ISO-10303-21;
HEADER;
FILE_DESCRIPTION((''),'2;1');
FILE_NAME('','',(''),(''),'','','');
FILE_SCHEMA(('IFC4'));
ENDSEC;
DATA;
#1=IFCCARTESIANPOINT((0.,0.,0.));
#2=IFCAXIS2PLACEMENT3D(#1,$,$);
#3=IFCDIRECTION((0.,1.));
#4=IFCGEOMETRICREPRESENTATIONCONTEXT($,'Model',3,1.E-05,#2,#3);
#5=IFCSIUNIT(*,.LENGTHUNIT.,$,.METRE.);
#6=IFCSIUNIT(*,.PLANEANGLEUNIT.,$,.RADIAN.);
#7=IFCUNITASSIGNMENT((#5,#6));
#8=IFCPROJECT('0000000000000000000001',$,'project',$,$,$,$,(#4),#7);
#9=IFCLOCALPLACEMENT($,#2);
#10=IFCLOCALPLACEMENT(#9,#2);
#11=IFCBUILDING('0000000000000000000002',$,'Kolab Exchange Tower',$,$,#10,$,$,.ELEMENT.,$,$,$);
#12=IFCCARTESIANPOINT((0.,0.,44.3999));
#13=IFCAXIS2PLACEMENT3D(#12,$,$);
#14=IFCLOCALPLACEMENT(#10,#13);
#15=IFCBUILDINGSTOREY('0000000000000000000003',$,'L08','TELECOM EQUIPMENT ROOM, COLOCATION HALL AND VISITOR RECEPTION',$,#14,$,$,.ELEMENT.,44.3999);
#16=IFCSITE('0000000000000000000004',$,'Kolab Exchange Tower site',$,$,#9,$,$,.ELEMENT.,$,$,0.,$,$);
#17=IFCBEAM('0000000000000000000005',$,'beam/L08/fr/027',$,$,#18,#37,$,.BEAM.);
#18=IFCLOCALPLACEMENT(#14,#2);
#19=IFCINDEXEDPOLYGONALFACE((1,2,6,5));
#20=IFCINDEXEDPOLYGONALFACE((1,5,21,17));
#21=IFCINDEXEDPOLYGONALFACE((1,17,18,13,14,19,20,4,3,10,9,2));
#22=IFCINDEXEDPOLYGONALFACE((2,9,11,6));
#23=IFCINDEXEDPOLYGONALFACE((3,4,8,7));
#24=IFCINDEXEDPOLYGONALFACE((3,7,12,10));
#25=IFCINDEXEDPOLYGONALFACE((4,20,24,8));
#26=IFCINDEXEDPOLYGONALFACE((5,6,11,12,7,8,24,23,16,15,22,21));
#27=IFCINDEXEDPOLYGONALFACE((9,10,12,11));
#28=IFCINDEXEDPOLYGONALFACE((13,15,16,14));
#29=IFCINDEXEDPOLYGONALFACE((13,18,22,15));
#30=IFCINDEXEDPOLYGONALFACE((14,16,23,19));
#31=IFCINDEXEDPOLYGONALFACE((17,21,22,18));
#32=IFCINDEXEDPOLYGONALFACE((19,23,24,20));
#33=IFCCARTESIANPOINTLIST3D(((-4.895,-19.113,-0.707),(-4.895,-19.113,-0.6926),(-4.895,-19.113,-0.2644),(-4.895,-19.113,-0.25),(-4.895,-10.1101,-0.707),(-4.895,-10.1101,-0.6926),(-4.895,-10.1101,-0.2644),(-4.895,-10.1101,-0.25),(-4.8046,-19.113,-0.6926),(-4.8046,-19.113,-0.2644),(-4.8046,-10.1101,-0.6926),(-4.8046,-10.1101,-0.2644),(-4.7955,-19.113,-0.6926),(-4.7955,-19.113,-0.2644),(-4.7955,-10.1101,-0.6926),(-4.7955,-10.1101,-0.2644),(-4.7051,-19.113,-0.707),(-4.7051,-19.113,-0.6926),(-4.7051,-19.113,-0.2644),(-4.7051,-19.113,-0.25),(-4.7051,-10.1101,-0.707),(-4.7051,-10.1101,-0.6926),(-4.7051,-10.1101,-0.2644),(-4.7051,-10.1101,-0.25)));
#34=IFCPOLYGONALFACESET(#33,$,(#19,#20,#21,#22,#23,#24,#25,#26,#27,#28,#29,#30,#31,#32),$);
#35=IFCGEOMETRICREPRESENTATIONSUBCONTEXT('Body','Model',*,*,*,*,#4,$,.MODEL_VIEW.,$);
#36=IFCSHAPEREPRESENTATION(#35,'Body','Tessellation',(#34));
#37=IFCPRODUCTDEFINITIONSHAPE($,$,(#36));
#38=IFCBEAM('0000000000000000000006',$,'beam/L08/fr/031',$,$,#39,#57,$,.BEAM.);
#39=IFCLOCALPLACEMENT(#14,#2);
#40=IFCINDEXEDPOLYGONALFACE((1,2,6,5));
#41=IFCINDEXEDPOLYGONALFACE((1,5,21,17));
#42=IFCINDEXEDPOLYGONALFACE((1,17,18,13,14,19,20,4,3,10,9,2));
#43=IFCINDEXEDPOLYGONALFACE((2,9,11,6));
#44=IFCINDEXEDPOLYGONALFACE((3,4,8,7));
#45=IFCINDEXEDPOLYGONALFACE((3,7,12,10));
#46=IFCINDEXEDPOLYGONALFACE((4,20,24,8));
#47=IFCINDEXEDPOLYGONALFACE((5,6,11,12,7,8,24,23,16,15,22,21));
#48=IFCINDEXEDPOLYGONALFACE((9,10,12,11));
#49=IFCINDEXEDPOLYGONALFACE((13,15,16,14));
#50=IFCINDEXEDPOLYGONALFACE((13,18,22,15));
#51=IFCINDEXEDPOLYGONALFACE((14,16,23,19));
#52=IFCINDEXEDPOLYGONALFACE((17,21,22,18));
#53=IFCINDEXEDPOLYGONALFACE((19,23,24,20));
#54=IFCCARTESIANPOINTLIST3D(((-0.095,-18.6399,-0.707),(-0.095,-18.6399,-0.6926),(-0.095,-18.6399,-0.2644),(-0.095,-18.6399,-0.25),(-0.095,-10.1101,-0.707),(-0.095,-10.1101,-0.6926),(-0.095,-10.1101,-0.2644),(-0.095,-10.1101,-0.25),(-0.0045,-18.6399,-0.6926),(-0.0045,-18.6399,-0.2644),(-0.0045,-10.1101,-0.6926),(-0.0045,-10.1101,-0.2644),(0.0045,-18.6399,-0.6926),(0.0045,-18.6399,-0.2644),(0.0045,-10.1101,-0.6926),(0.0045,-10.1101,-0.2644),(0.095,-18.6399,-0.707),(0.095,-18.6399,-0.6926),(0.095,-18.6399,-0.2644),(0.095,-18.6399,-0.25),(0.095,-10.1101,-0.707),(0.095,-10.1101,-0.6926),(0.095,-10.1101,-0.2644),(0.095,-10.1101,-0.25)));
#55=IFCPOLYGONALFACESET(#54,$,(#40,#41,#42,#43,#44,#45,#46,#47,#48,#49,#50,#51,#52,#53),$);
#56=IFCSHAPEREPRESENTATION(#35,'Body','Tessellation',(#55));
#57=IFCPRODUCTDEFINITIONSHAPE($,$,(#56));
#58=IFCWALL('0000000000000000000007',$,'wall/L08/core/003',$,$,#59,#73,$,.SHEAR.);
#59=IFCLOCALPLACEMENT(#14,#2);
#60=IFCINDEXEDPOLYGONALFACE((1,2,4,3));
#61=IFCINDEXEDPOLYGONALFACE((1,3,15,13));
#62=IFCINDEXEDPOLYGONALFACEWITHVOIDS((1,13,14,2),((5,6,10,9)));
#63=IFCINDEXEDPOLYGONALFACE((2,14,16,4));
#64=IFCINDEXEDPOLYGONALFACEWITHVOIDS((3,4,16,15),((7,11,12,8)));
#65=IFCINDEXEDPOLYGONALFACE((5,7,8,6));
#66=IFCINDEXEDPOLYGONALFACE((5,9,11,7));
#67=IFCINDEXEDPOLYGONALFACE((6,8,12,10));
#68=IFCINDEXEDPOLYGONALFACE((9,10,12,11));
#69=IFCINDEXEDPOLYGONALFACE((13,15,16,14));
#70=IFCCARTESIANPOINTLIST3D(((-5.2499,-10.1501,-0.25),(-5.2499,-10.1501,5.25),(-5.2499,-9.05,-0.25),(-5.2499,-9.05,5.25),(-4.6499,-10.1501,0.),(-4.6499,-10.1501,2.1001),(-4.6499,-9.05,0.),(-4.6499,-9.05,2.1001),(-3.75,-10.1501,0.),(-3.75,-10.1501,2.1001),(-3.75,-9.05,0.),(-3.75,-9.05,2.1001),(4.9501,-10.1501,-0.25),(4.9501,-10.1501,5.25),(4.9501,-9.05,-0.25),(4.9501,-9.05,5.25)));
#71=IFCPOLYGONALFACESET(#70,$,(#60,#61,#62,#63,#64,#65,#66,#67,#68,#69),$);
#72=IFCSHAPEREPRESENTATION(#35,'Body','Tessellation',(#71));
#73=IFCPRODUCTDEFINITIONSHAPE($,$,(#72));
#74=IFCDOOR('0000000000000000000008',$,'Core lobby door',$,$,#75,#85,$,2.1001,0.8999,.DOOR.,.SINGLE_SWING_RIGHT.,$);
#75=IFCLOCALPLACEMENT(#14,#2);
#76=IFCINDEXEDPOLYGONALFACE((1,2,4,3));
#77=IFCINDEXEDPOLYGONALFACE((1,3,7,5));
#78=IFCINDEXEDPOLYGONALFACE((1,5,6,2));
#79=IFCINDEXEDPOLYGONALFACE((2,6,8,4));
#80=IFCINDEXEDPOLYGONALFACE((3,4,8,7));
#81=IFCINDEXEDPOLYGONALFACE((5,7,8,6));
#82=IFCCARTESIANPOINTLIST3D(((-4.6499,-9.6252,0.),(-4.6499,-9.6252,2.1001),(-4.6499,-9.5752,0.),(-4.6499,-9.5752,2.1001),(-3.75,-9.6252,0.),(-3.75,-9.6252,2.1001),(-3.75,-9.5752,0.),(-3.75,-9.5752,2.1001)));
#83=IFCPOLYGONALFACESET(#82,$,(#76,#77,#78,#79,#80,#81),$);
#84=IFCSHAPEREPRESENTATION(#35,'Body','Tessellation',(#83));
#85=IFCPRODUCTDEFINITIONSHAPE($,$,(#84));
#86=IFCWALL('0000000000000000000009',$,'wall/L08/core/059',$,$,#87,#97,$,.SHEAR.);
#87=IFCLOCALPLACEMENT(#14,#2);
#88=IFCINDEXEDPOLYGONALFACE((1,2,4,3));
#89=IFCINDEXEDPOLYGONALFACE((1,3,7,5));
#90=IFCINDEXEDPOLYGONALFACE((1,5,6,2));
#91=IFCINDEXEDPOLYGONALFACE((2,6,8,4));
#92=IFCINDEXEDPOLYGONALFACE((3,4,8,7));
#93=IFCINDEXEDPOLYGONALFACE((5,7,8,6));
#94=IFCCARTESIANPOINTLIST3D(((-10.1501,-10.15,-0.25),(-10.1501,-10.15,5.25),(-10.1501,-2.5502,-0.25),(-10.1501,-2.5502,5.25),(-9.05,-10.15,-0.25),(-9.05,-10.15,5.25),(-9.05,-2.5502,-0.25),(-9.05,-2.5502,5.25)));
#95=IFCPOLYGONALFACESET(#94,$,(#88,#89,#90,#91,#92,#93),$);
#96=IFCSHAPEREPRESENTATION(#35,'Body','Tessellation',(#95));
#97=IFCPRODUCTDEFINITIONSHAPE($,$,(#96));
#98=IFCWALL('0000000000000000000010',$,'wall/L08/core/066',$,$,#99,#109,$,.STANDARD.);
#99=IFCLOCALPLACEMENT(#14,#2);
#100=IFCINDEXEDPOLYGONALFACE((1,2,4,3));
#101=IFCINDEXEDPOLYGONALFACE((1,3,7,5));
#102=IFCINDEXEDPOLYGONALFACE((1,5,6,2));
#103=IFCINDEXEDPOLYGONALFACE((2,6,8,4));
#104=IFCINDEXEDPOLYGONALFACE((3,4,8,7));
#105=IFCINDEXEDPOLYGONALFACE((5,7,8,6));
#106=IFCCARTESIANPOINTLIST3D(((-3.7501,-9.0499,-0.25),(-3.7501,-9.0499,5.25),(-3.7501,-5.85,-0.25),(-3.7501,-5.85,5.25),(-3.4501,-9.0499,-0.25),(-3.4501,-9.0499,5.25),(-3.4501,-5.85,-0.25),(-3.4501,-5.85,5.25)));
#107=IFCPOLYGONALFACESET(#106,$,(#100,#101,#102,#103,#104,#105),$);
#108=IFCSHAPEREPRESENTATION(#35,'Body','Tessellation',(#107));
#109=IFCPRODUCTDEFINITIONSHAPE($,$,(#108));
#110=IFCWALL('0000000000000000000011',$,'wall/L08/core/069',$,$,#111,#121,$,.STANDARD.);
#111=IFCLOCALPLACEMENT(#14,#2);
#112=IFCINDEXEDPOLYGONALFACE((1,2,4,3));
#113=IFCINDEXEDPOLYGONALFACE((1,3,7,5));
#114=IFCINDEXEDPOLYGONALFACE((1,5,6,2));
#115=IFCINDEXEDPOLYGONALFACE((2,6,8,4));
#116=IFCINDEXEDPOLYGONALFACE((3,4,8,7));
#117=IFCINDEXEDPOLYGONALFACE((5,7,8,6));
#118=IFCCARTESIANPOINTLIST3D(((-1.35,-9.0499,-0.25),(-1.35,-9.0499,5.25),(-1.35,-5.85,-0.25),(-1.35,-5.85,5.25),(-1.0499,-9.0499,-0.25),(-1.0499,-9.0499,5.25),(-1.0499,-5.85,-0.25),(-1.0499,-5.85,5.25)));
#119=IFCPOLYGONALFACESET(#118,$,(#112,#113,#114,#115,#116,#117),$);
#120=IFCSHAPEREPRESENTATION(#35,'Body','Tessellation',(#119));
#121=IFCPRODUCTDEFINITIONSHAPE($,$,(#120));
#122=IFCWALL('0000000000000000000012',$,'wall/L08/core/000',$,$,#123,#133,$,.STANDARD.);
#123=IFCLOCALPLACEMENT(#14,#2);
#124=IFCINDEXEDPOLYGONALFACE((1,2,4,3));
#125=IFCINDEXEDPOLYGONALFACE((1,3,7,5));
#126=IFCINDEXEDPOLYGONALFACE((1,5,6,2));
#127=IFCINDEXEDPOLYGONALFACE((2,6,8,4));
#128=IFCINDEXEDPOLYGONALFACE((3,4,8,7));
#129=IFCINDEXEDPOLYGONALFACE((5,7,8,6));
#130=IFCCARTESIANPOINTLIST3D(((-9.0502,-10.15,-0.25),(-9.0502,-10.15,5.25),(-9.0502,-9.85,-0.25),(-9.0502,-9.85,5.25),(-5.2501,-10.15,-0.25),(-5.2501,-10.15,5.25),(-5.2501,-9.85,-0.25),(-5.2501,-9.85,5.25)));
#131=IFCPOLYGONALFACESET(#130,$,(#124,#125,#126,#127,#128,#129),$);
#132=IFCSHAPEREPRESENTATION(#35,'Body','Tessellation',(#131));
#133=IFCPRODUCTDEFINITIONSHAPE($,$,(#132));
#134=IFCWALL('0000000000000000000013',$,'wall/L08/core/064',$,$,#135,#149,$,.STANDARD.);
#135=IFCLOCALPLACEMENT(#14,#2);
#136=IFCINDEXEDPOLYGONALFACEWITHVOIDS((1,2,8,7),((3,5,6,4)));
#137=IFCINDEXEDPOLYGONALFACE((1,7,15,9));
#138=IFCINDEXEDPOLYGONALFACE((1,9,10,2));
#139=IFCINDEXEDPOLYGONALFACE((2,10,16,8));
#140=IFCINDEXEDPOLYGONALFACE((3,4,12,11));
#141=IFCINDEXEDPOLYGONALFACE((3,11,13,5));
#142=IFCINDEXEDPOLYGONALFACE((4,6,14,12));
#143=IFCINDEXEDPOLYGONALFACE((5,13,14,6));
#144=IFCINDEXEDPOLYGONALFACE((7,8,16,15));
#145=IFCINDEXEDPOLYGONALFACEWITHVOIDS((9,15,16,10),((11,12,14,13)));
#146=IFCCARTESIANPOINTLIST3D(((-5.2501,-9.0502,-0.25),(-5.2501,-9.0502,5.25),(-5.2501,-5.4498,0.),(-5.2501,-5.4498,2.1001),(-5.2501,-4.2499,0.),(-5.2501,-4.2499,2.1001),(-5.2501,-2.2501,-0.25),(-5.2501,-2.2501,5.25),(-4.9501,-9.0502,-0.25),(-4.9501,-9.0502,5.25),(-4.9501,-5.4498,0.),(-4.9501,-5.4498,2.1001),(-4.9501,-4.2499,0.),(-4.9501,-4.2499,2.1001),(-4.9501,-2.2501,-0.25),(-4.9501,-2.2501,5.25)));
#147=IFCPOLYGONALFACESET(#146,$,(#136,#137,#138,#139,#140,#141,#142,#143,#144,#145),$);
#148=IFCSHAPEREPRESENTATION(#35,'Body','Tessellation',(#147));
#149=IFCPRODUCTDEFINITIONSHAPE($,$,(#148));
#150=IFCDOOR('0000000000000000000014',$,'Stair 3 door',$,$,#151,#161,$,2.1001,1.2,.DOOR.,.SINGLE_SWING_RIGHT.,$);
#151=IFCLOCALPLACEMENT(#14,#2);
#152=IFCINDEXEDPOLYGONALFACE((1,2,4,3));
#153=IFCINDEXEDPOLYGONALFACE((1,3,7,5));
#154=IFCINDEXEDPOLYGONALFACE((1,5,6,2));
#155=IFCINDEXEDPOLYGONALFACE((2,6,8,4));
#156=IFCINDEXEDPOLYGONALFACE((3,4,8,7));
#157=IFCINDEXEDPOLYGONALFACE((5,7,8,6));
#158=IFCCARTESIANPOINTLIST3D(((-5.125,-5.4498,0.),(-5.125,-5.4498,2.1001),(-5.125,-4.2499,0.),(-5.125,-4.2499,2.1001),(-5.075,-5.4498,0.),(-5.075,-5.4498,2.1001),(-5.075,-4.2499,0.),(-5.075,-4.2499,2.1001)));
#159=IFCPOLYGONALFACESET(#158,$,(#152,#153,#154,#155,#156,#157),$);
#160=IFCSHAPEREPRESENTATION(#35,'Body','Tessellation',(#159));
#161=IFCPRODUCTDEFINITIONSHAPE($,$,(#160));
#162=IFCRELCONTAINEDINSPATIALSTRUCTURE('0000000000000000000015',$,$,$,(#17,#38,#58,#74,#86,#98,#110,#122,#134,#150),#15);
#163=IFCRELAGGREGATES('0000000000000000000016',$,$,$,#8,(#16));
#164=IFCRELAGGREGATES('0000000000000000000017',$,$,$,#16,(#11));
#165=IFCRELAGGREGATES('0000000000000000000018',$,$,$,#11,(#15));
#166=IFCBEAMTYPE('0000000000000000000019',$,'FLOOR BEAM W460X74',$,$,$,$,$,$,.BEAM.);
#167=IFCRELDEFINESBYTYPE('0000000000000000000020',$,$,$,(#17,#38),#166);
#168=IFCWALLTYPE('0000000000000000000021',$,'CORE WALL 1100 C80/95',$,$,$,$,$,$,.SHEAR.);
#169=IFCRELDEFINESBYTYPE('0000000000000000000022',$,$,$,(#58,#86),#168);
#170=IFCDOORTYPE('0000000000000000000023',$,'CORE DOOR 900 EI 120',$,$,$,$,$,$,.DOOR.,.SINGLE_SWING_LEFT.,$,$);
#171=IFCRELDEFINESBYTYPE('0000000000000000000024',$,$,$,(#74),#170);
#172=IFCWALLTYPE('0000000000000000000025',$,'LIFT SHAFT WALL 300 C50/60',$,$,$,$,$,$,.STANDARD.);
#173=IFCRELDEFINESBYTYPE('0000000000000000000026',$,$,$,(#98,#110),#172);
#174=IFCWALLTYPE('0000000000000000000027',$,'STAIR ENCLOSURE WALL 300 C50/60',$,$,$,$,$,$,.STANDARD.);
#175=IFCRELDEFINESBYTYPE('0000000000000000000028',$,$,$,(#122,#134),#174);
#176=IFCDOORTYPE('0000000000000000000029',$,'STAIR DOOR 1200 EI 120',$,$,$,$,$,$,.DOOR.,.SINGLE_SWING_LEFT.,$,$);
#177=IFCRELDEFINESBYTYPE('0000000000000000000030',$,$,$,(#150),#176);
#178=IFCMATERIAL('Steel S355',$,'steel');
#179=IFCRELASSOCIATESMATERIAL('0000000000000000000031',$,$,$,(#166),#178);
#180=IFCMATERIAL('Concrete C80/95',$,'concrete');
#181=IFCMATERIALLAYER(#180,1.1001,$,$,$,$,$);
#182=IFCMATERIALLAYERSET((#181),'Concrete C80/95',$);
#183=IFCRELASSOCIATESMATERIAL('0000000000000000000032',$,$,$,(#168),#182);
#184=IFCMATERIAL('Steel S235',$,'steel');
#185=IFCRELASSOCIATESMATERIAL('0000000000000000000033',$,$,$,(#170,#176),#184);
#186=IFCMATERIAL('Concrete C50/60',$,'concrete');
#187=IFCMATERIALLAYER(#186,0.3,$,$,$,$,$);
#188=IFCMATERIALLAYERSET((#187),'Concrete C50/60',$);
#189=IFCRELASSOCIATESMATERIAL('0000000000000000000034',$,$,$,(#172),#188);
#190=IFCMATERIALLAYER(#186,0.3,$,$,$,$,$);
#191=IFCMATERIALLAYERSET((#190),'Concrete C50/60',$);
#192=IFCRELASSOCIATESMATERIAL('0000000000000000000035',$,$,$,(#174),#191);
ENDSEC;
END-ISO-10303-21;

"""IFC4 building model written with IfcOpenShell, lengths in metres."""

from ifc_helpers import new_model, si_unit, direction, frame, frame_2d, origin, origin_2d, place, context, subcontext, project, spatial, rectangle, i_section, extrude, material, layer, layer_set, material_profile, profile_set, type_object, element, fill, save


model = new_model("IFC4")

# Units and contexts
model_context = context("Model", 3, precision=1e-05, world=origin(), true_north=direction((0.0, 1.0)))
body_context = subcontext(model_context, "Body", "Model", "MODEL_VIEW")
ifc_project = project(units=[si_unit("LENGTHUNIT", "METRE"), si_unit("PLANEANGLEUNIT", "RADIAN")], contexts=[model_context])

# Site, building, storey
site_placement = place(None, origin())
site = spatial("IfcSite", under=ifc_project, at=site_placement, Name="Kolab Exchange Tower site", CompositionType="ELEMENT", RefElevation=0.0)
building_placement = place(site_placement, origin())
building = spatial("IfcBuilding", under=site, at=building_placement, Name="Kolab Exchange Tower", CompositionType="ELEMENT")
storey_placement = place(building_placement, frame((0.0, 0.0, 44.3999)))
storey = spatial("IfcBuildingStorey", under=building, at=storey_placement, Name="L08", Description="TELECOM EQUIPMENT ROOM, COLOCATION HALL AND VISITOR RECEPTION", CompositionType="ELEMENT", Elevation=44.3999)

# Beams
ifc_material_1 = material(Name="Steel S355", Category="steel")
ifc_material_profile = material_profile(ifc_material_1, i_section(OverallWidth=0.1899, OverallDepth=0.457, WebThickness=0.009, FlangeThickness=0.0144, at=origin_2d()), Name="W460X74")
ifc_profile_set = profile_set([ifc_material_profile], Name="Steel S355")
beam_type = type_object("IfcBeamType", Name="FLOOR BEAM W460X74", PredefinedType="BEAM", material=ifc_profile_set)
beam_1_placement = place(storey_placement, frame((-4.8, -19.113, -0.4785), z_axis=(0.0, 1.0, 0.0), x_axis=(-1.0, 0.0, 0.0)))
element("IfcBeam", 1, at=beam_1_placement, inside=storey, type_object=beam_type, Name="beam/L08/fr/027", PredefinedType="BEAM", context=body_context, shape_type="SweptSolid", body=[
    extrude(i_section(OverallWidth=0.1899, OverallDepth=0.457, WebThickness=0.009, FlangeThickness=0.0144, at=origin_2d()), origin(), (0.0, 0.0, 1.0), 9.0029),
])
beam_2_placement = place(storey_placement, frame((0.0, -18.6399, -0.4785), z_axis=(0.0, 1.0, 0.0), x_axis=(-1.0, 0.0, 0.0)))
element("IfcBeam", 2, at=beam_2_placement, inside=storey, type_object=beam_type, Name="beam/L08/fr/031", PredefinedType="BEAM", context=body_context, shape_type="SweptSolid", body=[
    extrude(i_section(OverallWidth=0.1899, OverallDepth=0.457, WebThickness=0.009, FlangeThickness=0.0144, at=origin_2d()), origin(), (0.0, 0.0, 1.0), 8.5298),
])

# Wall, opening, door
ifc_material_2 = material(Name="Concrete C80/95", Category="concrete")
ifc_layer_1 = layer(ifc_material_2, 1.1001)
ifc_layer_set_1 = layer_set([ifc_layer_1], Name="Concrete C80/95")
wall_type_1 = type_object("IfcWallType", Name="CORE WALL 1100 C80/95", PredefinedType="SHEAR", material=ifc_layer_set_1)
wall_1_placement = place(storey_placement, frame((-5.25, -9.6001, -0.25), z_axis=(0.0, 0.0, 1.0), x_axis=(1.0, 0.0, 0.0)))
wall_1 = element("IfcWall", 3, at=wall_1_placement, inside=storey, type_object=wall_type_1, Name="wall/L08/core/003", PredefinedType="SHEAR", context=body_context, shape_type="SweptSolid", body=[
    extrude(rectangle(XDim=10.2, YDim=1.1001, at=frame_2d((5.1001, 0.0))), origin(), (0.0, 0.0, 1.0), 5.5),
])
opening_1_placement = place(wall_1_placement, frame((0.6001, 0.0, 0.25)))
opening_1 = element("IfcOpeningElement", 4, at=opening_1_placement, cuts=wall_1, PredefinedType="OPENING", context=body_context, shape_type="SweptSolid", body=[
    extrude(rectangle(XDim=0.8999, YDim=2.1001, at=frame_2d((0.45, 1.05))), frame((0.0, 0.5601, 0.0), z_axis=(0.0, -1.0, 0.0), x_axis=(1.0, 0.0, 0.0)), (0.0, 0.0, 1.0), 1.1201),
])
ifc_material_3 = material(Name="Steel S235", Category="steel")
door_type_1 = type_object("IfcDoorType", Name="CORE DOOR 900 EI 120", OperationType="SINGLE_SWING_LEFT", PredefinedType="DOOR", material=ifc_material_3)
door_1_placement = place(opening_1_placement, origin())
door_1 = element("IfcDoor", 5, at=door_1_placement, inside=storey, type_object=door_type_1, Name="Core lobby door", OperationType="SINGLE_SWING_RIGHT", OverallHeight=2.1001, OverallWidth=0.8999, PredefinedType="DOOR", context=body_context, shape_type="SweptSolid", body=[
    extrude(rectangle(XDim=0.8999, YDim=2.1001, at=frame_2d((0.45, 1.05))), frame((0.0, 0.0249, 0.0), z_axis=(0.0, -1.0, 0.0), x_axis=(1.0, 0.0, 0.0)), (0.0, 0.0, 1.0), 0.05),
])
fill(opening_1, door_1)

# Walls
wall_2_placement = place(storey_placement, frame((-9.6001, -10.1499, -0.25), z_axis=(0.0, 0.0, 1.0), x_axis=(0.0, 1.0, 0.0)))
element("IfcWall", 6, at=wall_2_placement, inside=storey, type_object=wall_type_1, Name="wall/L08/core/059", PredefinedType="SHEAR", context=body_context, shape_type="SweptSolid", body=[
    extrude(rectangle(XDim=7.5999, YDim=1.1001, at=frame_2d((3.7998, 0.0))), origin(), (0.0, 0.0, 1.0), 5.5),
])
ifc_material_4 = material(Name="Concrete C50/60", Category="concrete")
ifc_layer_2 = layer(ifc_material_4, 0.3)
ifc_layer_set_2 = layer_set([ifc_layer_2], Name="Concrete C50/60")
wall_type_2 = type_object("IfcWallType", Name="LIFT SHAFT WALL 300 C50/60", PredefinedType="STANDARD", material=ifc_layer_set_2)
for number, where, z_axis, x_axis, name in (
    (7, (-3.6001, -9.05, -0.25), (0.0, 0.0, 1.0), (0.0, 1.0, 0.0), "wall/L08/core/066"),
    (8, (-1.2, -9.05, -0.25), (0.0, 0.0, 1.0), (0.0, 1.0, 0.0), "wall/L08/core/069"),
):
    element("IfcWall", number, at=place(storey_placement, frame(where, z_axis=z_axis, x_axis=x_axis)), inside=storey, type_object=wall_type_2, Name=name, PredefinedType="STANDARD", context=body_context, shape_type="SweptSolid", body=[
        extrude(rectangle(XDim=3.2, YDim=0.3, at=frame_2d((1.6001, 0.0))), origin(), (0.0, 0.0, 1.0), 5.5),
    ])
ifc_layer_3 = layer(ifc_material_4, 0.3)
ifc_layer_set_3 = layer_set([ifc_layer_3], Name="Concrete C50/60")
wall_type_3 = type_object("IfcWallType", Name="STAIR ENCLOSURE WALL 300 C50/60", PredefinedType="STANDARD", material=ifc_layer_set_3)
wall_3_placement = place(storey_placement, frame((-9.05, -10.0, -0.25), z_axis=(0.0, 0.0, 1.0), x_axis=(1.0, 0.0, 0.0)))
element("IfcWall", 9, at=wall_3_placement, inside=storey, type_object=wall_type_3, Name="wall/L08/core/000", PredefinedType="STANDARD", context=body_context, shape_type="SweptSolid", body=[
    extrude(rectangle(XDim=3.8, YDim=0.3, at=frame_2d((1.8999, 0.0))), origin(), (0.0, 0.0, 1.0), 5.5),
])

# Wall, opening, door
wall_4_placement = place(storey_placement, frame((-5.1001, -9.05, -0.25), z_axis=(0.0, 0.0, 1.0), x_axis=(0.0, 1.0, 0.0)))
wall_4 = element("IfcWall", 10, at=wall_4_placement, inside=storey, type_object=wall_type_3, Name="wall/L08/core/064", PredefinedType="STANDARD", context=body_context, shape_type="SweptSolid", body=[
    extrude(rectangle(XDim=6.8, YDim=0.3, at=frame_2d((3.3999, 0.0))), origin(), (0.0, 0.0, 1.0), 5.5),
])
opening_2_placement = place(wall_4_placement, frame((3.6001, 0.0, 0.25)))
opening_2 = element("IfcOpeningElement", 11, at=opening_2_placement, cuts=wall_4, PredefinedType="OPENING", context=body_context, shape_type="SweptSolid", body=[
    extrude(rectangle(XDim=1.2, YDim=2.1001, at=frame_2d((0.6001, 1.05))), frame((0.0, 0.1602, 0.0), z_axis=(0.0, -1.0, 0.0), x_axis=(1.0, 0.0, 0.0)), (0.0, 0.0, 1.0), 0.3201),
])
door_type_2 = type_object("IfcDoorType", Name="STAIR DOOR 1200 EI 120", OperationType="SINGLE_SWING_LEFT", PredefinedType="DOOR", material=ifc_material_3)
door_2_placement = place(opening_2_placement, origin())
door_2 = element("IfcDoor", 12, at=door_2_placement, inside=storey, type_object=door_type_2, Name="Stair 3 door", OperationType="SINGLE_SWING_RIGHT", OverallHeight=2.1001, OverallWidth=1.2, PredefinedType="DOOR", context=body_context, shape_type="SweptSolid", body=[
    extrude(rectangle(XDim=1.2, YDim=2.1001, at=frame_2d((0.6001, 1.05))), frame((0.0, 0.0249, 0.0), z_axis=(0.0, -1.0, 0.0), x_axis=(1.0, 0.0, 0.0)), (0.0, 0.0, 1.0), 0.05),
])
fill(opening_2, door_2)

save(model, "model.ifc")
